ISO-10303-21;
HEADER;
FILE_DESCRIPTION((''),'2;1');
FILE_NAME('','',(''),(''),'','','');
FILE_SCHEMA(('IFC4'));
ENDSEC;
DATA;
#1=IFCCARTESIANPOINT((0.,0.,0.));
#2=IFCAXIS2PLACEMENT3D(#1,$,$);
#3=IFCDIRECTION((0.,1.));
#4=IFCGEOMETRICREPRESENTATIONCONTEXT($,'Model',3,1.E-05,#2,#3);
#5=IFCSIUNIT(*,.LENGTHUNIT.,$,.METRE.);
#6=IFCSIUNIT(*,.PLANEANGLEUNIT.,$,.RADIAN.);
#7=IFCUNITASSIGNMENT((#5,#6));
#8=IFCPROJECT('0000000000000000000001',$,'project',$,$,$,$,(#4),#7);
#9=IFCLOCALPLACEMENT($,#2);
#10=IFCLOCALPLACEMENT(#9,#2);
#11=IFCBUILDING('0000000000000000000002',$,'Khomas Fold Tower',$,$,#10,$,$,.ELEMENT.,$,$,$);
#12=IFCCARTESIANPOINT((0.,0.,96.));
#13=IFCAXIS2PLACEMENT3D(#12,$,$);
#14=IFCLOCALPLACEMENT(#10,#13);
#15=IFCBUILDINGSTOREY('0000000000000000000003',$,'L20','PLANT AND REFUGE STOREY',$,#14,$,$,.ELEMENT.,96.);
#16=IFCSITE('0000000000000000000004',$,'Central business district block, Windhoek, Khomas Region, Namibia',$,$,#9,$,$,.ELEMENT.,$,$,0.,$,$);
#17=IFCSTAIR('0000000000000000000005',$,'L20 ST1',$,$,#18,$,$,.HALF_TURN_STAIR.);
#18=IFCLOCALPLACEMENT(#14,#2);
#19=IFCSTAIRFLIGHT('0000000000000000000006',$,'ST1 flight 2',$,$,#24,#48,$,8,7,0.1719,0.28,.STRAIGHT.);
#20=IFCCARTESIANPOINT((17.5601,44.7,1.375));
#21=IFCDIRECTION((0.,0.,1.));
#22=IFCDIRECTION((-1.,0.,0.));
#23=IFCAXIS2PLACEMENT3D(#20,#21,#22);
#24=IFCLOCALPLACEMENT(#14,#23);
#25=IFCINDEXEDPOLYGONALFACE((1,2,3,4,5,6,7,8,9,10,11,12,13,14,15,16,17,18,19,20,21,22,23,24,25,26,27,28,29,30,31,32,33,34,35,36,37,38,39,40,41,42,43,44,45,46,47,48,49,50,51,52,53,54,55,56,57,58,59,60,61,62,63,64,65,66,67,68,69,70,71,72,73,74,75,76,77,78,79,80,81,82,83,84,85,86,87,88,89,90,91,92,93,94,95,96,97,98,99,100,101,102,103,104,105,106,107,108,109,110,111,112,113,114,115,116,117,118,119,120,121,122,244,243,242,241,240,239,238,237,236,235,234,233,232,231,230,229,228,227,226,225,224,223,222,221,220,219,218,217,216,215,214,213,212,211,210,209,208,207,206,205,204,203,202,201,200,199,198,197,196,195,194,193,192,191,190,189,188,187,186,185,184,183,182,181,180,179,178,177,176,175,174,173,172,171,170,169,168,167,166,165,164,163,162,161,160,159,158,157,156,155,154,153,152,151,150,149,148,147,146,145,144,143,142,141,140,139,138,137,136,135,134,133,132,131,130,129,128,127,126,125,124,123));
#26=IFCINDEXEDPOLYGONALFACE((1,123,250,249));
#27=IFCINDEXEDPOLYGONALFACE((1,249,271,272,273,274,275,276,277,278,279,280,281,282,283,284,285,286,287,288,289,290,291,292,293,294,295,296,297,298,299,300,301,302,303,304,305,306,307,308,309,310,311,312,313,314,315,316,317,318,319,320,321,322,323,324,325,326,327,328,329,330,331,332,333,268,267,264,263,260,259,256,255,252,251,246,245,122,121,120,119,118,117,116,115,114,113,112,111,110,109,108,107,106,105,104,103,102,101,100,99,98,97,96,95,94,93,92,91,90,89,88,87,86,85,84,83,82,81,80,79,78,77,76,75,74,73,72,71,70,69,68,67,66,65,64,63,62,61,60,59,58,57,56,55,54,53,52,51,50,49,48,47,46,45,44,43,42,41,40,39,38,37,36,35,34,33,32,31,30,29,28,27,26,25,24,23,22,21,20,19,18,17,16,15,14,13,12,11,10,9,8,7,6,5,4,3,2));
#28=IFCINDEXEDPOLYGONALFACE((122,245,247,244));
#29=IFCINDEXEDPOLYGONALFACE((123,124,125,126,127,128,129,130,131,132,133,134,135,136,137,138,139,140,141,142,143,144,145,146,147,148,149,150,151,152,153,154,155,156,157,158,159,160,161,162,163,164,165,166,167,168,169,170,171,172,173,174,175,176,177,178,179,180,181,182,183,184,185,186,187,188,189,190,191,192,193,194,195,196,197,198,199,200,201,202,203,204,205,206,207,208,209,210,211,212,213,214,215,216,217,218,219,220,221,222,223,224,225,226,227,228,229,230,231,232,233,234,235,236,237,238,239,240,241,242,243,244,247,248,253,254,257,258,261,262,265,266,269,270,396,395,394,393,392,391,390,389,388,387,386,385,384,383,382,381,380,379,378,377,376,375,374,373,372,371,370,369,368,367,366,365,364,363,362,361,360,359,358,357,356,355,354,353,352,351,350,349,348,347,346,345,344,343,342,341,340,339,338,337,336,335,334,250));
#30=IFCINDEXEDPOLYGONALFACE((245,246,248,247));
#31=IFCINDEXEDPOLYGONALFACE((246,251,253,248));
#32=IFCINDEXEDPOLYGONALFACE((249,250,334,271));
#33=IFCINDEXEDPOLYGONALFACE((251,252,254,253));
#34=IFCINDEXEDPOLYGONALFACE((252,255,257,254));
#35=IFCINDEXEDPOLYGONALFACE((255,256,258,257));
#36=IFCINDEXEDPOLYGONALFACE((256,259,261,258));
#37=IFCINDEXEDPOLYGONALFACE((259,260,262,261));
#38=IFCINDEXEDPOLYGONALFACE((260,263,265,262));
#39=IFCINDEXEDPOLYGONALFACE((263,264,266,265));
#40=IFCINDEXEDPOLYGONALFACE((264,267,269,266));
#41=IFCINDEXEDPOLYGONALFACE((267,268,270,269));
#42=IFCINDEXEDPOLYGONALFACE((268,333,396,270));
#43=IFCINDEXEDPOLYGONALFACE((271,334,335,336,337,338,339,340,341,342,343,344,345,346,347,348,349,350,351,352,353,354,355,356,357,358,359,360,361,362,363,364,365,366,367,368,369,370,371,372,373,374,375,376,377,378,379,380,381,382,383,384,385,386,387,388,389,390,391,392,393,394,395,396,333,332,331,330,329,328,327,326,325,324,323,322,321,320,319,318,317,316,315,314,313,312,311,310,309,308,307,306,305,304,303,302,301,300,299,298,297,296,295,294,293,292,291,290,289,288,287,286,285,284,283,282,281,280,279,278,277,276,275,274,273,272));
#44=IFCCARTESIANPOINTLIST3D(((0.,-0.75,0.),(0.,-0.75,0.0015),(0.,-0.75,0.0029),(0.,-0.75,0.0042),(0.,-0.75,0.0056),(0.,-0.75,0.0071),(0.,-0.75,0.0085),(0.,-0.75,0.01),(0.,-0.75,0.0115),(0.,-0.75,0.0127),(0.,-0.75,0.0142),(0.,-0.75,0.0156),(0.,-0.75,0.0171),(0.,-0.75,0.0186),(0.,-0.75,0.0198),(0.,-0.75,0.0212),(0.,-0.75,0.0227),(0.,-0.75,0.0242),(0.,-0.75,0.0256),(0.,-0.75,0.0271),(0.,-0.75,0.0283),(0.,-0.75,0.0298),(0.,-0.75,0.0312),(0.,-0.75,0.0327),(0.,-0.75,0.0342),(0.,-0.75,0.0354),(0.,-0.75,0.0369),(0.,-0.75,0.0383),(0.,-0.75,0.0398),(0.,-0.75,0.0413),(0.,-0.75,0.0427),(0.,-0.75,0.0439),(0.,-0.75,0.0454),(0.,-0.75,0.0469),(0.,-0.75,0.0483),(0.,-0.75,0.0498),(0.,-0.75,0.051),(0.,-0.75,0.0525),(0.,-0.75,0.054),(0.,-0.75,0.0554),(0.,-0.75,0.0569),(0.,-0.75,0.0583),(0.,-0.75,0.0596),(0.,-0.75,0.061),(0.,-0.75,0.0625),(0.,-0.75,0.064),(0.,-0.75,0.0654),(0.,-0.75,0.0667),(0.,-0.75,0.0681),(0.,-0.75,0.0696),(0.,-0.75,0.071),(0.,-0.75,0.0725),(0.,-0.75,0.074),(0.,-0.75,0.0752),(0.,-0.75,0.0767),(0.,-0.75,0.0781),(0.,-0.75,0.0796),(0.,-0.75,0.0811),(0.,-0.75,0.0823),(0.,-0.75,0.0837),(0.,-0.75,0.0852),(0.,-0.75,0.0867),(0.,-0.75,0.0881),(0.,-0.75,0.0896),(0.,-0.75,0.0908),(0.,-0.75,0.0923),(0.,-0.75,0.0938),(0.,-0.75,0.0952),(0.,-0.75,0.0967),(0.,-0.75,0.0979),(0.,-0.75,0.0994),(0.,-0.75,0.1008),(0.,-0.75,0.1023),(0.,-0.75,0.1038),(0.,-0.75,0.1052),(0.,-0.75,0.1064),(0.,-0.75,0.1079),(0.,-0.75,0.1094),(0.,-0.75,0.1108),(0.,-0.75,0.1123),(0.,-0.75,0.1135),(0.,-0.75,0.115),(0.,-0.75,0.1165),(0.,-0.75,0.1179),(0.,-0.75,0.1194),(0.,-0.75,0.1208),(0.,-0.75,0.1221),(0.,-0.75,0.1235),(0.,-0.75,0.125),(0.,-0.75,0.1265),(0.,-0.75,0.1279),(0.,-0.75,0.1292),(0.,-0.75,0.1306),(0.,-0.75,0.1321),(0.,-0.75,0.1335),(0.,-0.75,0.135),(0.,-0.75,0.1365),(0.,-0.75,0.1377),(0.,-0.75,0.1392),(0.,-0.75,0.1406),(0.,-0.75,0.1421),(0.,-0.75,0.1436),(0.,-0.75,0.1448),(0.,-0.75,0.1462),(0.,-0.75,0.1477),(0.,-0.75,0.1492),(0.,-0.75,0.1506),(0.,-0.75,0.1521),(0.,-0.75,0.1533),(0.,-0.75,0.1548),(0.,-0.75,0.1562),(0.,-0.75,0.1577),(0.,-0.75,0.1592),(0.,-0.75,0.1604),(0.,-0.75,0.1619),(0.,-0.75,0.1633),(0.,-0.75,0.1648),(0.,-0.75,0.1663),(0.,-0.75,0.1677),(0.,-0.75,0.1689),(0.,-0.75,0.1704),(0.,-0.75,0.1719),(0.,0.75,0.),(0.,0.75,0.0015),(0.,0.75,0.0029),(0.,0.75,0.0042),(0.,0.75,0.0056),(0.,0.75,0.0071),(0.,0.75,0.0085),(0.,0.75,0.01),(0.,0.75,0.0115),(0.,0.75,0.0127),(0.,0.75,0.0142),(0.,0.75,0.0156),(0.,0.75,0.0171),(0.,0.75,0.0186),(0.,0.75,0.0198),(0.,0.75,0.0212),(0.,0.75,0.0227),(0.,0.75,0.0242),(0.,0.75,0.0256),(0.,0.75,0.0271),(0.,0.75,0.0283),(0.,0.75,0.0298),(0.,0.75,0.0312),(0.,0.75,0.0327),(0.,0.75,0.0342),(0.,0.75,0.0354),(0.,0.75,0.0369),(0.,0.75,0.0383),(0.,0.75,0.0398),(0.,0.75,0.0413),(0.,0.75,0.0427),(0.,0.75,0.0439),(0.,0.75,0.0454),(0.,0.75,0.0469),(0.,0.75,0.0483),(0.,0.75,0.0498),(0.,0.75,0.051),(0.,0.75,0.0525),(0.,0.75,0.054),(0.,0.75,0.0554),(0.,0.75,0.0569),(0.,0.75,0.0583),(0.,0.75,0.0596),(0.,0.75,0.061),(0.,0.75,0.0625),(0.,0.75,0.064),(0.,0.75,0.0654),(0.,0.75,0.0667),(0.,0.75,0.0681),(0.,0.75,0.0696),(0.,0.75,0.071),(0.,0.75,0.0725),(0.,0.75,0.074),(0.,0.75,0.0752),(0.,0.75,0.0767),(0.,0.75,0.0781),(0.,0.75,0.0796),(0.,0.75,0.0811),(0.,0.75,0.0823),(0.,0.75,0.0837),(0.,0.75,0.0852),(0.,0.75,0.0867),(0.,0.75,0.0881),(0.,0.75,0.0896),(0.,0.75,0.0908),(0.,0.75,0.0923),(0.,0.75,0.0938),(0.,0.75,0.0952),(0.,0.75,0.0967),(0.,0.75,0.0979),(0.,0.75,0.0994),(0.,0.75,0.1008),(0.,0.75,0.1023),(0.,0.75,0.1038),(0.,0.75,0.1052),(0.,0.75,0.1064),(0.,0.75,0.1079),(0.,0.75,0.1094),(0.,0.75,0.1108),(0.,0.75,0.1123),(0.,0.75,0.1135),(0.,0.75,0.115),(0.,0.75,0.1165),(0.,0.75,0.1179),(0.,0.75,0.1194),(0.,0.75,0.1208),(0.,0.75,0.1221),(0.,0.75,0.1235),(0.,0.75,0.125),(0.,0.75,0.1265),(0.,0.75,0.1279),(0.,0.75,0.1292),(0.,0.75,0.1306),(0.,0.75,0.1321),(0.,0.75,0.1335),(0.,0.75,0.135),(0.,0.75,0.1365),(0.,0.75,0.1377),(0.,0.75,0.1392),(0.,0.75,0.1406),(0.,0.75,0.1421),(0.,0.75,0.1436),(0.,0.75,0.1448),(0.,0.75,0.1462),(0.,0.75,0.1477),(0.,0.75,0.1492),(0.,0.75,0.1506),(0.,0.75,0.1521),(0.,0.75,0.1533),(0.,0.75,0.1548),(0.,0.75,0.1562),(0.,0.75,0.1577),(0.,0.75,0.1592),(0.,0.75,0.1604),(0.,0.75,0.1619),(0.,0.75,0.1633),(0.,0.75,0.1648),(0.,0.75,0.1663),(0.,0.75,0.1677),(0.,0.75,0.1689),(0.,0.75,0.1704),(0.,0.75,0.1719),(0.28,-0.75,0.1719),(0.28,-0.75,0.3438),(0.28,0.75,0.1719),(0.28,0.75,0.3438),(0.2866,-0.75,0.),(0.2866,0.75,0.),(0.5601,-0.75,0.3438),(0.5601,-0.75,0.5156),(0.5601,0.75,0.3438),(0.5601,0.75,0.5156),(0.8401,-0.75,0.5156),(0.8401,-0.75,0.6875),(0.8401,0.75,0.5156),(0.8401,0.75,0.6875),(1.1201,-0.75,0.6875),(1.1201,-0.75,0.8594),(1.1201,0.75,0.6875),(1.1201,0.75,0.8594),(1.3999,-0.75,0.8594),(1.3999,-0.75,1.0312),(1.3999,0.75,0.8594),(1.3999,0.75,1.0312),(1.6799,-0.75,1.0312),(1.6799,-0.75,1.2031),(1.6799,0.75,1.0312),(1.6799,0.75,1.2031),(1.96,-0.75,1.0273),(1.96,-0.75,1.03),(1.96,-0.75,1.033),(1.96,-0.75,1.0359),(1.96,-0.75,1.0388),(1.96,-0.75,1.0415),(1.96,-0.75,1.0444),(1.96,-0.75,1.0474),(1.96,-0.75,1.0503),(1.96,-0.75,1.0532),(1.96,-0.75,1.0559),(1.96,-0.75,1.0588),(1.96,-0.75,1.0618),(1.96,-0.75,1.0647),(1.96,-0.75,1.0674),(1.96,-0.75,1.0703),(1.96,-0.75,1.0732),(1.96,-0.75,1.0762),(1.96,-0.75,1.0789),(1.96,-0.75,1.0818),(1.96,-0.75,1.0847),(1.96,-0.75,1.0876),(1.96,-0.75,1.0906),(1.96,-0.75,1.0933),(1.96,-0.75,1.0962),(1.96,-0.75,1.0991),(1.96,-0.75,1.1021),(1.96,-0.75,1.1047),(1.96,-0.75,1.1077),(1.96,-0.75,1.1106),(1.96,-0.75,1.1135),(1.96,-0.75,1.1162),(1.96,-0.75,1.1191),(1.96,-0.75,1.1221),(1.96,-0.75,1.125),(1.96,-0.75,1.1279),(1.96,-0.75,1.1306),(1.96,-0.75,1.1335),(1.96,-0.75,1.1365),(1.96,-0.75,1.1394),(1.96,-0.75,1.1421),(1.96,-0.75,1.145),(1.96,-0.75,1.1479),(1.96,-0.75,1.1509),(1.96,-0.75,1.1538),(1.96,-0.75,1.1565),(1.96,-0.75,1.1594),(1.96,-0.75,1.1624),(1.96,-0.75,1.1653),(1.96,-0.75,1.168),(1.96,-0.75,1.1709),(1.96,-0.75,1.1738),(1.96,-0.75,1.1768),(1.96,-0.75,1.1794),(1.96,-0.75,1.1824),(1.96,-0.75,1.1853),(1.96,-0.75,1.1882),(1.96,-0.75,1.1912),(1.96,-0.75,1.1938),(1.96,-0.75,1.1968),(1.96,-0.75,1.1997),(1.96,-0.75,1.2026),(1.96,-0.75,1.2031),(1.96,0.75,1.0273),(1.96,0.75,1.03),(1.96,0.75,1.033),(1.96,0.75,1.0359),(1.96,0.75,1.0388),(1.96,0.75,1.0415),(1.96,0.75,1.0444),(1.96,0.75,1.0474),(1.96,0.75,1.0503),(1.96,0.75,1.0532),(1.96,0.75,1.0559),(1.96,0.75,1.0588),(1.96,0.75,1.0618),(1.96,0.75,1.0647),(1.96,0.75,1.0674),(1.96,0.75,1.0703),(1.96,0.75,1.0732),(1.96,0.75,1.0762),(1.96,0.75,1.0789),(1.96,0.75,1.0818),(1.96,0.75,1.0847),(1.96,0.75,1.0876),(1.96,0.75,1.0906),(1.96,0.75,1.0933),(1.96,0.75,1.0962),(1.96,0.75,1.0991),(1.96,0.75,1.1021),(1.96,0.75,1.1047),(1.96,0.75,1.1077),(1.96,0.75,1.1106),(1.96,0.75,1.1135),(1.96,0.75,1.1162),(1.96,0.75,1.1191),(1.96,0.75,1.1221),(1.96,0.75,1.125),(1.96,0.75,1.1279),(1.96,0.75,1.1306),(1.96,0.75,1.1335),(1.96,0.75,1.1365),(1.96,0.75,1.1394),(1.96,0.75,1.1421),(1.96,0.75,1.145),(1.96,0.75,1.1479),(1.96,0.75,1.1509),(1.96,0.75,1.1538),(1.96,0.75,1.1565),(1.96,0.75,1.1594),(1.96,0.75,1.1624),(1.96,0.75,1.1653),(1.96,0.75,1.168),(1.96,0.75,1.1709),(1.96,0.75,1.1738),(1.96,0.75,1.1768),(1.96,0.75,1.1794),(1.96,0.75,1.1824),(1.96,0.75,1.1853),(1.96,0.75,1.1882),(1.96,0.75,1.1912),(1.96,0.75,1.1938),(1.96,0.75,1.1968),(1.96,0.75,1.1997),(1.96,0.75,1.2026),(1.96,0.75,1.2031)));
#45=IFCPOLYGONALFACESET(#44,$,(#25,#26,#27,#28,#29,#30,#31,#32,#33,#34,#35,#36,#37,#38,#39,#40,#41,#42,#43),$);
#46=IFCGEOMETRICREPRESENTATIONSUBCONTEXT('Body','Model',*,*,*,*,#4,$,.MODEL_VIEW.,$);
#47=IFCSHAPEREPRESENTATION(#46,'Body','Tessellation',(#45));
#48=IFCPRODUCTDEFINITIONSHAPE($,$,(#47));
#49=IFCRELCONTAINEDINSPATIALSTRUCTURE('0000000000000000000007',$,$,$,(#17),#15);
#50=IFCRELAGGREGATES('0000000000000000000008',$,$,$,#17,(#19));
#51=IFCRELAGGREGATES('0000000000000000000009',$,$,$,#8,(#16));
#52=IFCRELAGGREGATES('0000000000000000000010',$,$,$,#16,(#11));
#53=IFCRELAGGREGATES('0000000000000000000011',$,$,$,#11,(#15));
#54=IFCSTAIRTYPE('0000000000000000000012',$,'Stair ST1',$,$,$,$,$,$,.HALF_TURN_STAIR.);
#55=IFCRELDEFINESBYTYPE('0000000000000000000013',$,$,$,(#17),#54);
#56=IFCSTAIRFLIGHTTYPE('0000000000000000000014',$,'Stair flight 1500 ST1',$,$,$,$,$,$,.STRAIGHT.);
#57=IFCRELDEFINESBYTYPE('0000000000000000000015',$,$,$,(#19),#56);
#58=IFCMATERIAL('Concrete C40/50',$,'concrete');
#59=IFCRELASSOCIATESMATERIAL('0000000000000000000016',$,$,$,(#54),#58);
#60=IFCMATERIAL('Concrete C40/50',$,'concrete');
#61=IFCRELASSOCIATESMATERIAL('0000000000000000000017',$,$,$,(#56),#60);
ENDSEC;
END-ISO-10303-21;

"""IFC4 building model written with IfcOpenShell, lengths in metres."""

from ifc_helpers import new_model, si_unit, direction, frame, origin, place, context, subcontext, project, spatial, polyline, outline, extrude, source, transform, mapped, material, type_object, element, aggregate, save


model = new_model("IFC4")

# Units and contexts
model_context = context("Model", 3, precision=1e-05, world=origin(), true_north=direction((0.0, 1.0)))
body_context = subcontext(model_context, "Body", "Model", "MODEL_VIEW")
ifc_project = project(units=[si_unit("LENGTHUNIT", "METRE"), si_unit("PLANEANGLEUNIT", "RADIAN")], contexts=[model_context])

# Site, building, storey
site_placement = place(None, origin())
site = spatial("IfcSite", under=ifc_project, at=site_placement, Name="Central business district block, Windhoek, Khomas Region, Namibia", CompositionType="ELEMENT", RefElevation=0.0)
building_placement = place(site_placement, origin())
building = spatial("IfcBuilding", under=site, at=building_placement, Name="Khomas Fold Tower", CompositionType="ELEMENT")
storey_placement = place(building_placement, frame((0.0, 0.0, 96.0)))
storey = spatial("IfcBuildingStorey", under=building, at=storey_placement, Name="L20", Description="PLANT AND REFUGE STOREY", CompositionType="ELEMENT", Elevation=96.0)

# Stair, stair flight
ifc_material_1 = material(Name="Concrete C40/50", Category="concrete")
stair_type_1 = type_object("IfcStairType", Name="Stair ST1", PredefinedType="HALF_TURN_STAIR", material=ifc_material_1)
stair_1_placement = place(storey_placement, origin())
stair_1 = element("IfcStair", 1, at=stair_1_placement, inside=storey, type_object=stair_type_1, Name="L20 ST1", PredefinedType="HALF_TURN_STAIR")
ifc_material_2 = material(Name="Concrete C40/50", Category="concrete")
stair_flight_type_1 = type_object("IfcStairFlightType", Name="Stair flight 1500 ST1", PredefinedType="STRAIGHT", material=ifc_material_2)
shared_shape_1 = source(origin(), body_context, "Body", "SweptSolid", [
    extrude(outline(polyline([(0.0, 0.0), (0.0, 0.0015), (0.0, 0.0029), (0.0, 0.0042), (0.0, 0.0056), (0.0, 0.0071), (0.0, 0.0085), (0.0, 0.01), (0.0, 0.0115), (0.0, 0.0127), (0.0, 0.0142), (0.0, 0.0156), (0.0, 0.0171), (0.0, 0.0186), (0.0, 0.0198), (0.0, 0.0212), (0.0, 0.0227), (0.0, 0.0242), (0.0, 0.0256), (0.0, 0.0271), (0.0, 0.0283), (0.0, 0.0298), (0.0, 0.0312), (0.0, 0.0327), (0.0, 0.0342), (0.0, 0.0354), (0.0, 0.0369), (0.0, 0.0383), (0.0, 0.0398), (0.0, 0.0413), (0.0, 0.0427), (0.0, 0.0439), (0.0, 0.0454), (0.0, 0.0469), (0.0, 0.0483), (0.0, 0.0498), (0.0, 0.051), (0.0, 0.0525), (0.0, 0.054), (0.0, 0.0554), (0.0, 0.0569), (0.0, 0.0583), (0.0, 0.0596), (0.0, 0.061), (0.0, 0.0625), (0.0, 0.064), (0.0, 0.0654), (0.0, 0.0667), (0.0, 0.0681), (0.0, 0.0696), (0.0, 0.071), (0.0, 0.0725), (0.0, 0.074), (0.0, 0.0752), (0.0, 0.0767), (0.0, 0.0781), (0.0, 0.0796), (0.0, 0.0811), (0.0, 0.0823), (0.0, 0.0837), (0.0, 0.0852), (0.0, 0.0867), (0.0, 0.0881), (0.0, 0.0896), (0.0, 0.0908), (0.0, 0.0923), (0.0, 0.0938), (0.0, 0.0952), (0.0, 0.0967), (0.0, 0.0979), (0.0, 0.0994), (0.0, 0.1008), (0.0, 0.1023), (0.0, 0.1038), (0.0, 0.1052), (0.0, 0.1064), (0.0, 0.1079), (0.0, 0.1094), (0.0, 0.1108), (0.0, 0.1123), (0.0, 0.1135), (0.0, 0.115), (0.0, 0.1165), (0.0, 0.1179), (0.0, 0.1194), (0.0, 0.1208), (0.0, 0.1221), (0.0, 0.1235), (0.0, 0.125), (0.0, 0.1265), (0.0, 0.1279), (0.0, 0.1292), (0.0, 0.1306), (0.0, 0.1321), (0.0, 0.1335), (0.0, 0.135), (0.0, 0.1365), (0.0, 0.1377), (0.0, 0.1392), (0.0, 0.1406), (0.0, 0.1421), (0.0, 0.1436), (0.0, 0.1448), (0.0, 0.1462), (0.0, 0.1477), (0.0, 0.1492), (0.0, 0.1506), (0.0, 0.1521), (0.0, 0.1533), (0.0, 0.1548), (0.0, 0.1562), (0.0, 0.1577), (0.0, 0.1592), (0.0, 0.1604), (0.0, 0.1619), (0.0, 0.1633), (0.0, 0.1648), (0.0, 0.1663), (0.0, 0.1677), (0.0, 0.1689), (0.0, 0.1704), (0.0, 0.1719), (0.28, 0.1719), (0.28, 0.3438), (0.5601, 0.3438), (0.5601, 0.5156), (0.8401, 0.5156), (0.8401, 0.6875), (1.1201, 0.6875), (1.1201, 0.8594), (1.3999, 0.8594), (1.3999, 1.0312), (1.6799, 1.0312), (1.6799, 1.2031), (1.96, 1.2031), (1.96, 1.375), (1.96, 1.3721), (1.96, 1.3691), (1.96, 1.3665), (1.96, 1.3635), (1.96, 1.3606), (1.96, 1.3577), (1.96, 1.355), (1.96, 1.3521), (1.96, 1.3491), (1.96, 1.3462), (1.96, 1.3435), (1.96, 1.3406), (1.96, 1.3376), (1.96, 1.3347), (1.96, 1.3318), (1.96, 1.3291), (1.96, 1.3262), (1.96, 1.3232), (1.96, 1.3203), (1.96, 1.3176), (1.96, 1.3147), (1.96, 1.3118), (1.96, 1.3088), (1.96, 1.3059), (1.96, 1.3032), (1.96, 1.3003), (1.96, 1.2974), (1.96, 1.2944), (1.96, 1.2917), (1.96, 1.2888), (1.96, 1.2859), (1.96, 1.283), (1.96, 1.2803), (1.96, 1.2773), (1.96, 1.2744), (1.96, 1.2715), (1.96, 1.2686), (1.96, 1.2659), (1.96, 1.2629), (1.96, 1.26), (1.96, 1.2571), (1.96, 1.2544), (1.96, 1.2515), (1.96, 1.2485), (1.96, 1.2456), (1.96, 1.2427), (1.96, 1.24), (1.96, 1.2371), (1.96, 1.2341), (1.96, 1.2312), (1.96, 1.2285), (1.96, 1.2256), (1.96, 1.2227), (1.96, 1.2197), (1.96, 1.217), (1.96, 1.2141), (1.96, 1.2112), (1.96, 1.2083), (1.96, 1.2053), (1.96, 1.2026), (1.96, 1.1997), (1.96, 1.1968), (1.96, 1.1938), (1.96, 1.1912), (1.96, 1.1882), (1.96, 1.1853), (1.96, 1.1824), (1.96, 1.1794), (1.96, 1.1768), (1.96, 1.1738), (1.96, 1.1709), (1.96, 1.168), (1.96, 1.1653), (1.96, 1.1624), (1.96, 1.1594), (1.96, 1.1565), (1.96, 1.1538), (1.96, 1.1509), (1.96, 1.1479), (1.96, 1.145), (1.96, 1.1421), (1.96, 1.1394), (1.96, 1.1365), (1.96, 1.1335), (1.96, 1.1306), (1.96, 1.1279), (1.96, 1.125), (1.96, 1.1221), (1.96, 1.1191), (1.96, 1.1162), (1.96, 1.1135), (1.96, 1.1106), (1.96, 1.1077), (1.96, 1.1047), (1.96, 1.1021), (1.96, 1.0991), (1.96, 1.0962), (1.96, 1.0933), (1.96, 1.0906), (1.96, 1.0876), (1.96, 1.0847), (1.96, 1.0818), (1.96, 1.0789), (1.96, 1.0762), (1.96, 1.0732), (1.96, 1.0703), (1.96, 1.0674), (1.96, 1.0647), (1.96, 1.0618), (1.96, 1.0588), (1.96, 1.0559), (1.96, 1.0532), (1.96, 1.0503), (1.96, 1.0474), (1.96, 1.0444), (1.96, 1.0415), (1.96, 1.0388), (1.96, 1.0359), (1.96, 1.033), (1.96, 1.03), (1.96, 1.0273), (0.2866, 0.0), (0.0, 0.0)])), frame((0.0, 0.75, 0.0), z_axis=(0.0, -1.0, 0.0), x_axis=(1.0, 0.0, 0.0)), (0.0, 0.0, 1.0), 1.5),
])
stair_flight_1_placement = place(storey_placement, frame((17.5601, 44.7, 1.375), z_axis=(0.0, 0.0, 1.0), x_axis=(-1.0, 0.0, 0.0)))
stair_flight_1 = element("IfcStairFlight", 2, at=stair_flight_1_placement, type_object=stair_flight_type_1, Name="ST1 flight 2", NumberOfRisers=8, NumberOfTreads=7, PredefinedType="STRAIGHT", RiserHeight=0.1719, TreadLength=0.28, context=body_context, shape_type="MappedRepresentation", body=[
    mapped(shared_shape_1, transform((0.0, 0.0, 0.0))),
])
aggregate(stair_1, [stair_flight_1])

save(model, "model.ifc")
